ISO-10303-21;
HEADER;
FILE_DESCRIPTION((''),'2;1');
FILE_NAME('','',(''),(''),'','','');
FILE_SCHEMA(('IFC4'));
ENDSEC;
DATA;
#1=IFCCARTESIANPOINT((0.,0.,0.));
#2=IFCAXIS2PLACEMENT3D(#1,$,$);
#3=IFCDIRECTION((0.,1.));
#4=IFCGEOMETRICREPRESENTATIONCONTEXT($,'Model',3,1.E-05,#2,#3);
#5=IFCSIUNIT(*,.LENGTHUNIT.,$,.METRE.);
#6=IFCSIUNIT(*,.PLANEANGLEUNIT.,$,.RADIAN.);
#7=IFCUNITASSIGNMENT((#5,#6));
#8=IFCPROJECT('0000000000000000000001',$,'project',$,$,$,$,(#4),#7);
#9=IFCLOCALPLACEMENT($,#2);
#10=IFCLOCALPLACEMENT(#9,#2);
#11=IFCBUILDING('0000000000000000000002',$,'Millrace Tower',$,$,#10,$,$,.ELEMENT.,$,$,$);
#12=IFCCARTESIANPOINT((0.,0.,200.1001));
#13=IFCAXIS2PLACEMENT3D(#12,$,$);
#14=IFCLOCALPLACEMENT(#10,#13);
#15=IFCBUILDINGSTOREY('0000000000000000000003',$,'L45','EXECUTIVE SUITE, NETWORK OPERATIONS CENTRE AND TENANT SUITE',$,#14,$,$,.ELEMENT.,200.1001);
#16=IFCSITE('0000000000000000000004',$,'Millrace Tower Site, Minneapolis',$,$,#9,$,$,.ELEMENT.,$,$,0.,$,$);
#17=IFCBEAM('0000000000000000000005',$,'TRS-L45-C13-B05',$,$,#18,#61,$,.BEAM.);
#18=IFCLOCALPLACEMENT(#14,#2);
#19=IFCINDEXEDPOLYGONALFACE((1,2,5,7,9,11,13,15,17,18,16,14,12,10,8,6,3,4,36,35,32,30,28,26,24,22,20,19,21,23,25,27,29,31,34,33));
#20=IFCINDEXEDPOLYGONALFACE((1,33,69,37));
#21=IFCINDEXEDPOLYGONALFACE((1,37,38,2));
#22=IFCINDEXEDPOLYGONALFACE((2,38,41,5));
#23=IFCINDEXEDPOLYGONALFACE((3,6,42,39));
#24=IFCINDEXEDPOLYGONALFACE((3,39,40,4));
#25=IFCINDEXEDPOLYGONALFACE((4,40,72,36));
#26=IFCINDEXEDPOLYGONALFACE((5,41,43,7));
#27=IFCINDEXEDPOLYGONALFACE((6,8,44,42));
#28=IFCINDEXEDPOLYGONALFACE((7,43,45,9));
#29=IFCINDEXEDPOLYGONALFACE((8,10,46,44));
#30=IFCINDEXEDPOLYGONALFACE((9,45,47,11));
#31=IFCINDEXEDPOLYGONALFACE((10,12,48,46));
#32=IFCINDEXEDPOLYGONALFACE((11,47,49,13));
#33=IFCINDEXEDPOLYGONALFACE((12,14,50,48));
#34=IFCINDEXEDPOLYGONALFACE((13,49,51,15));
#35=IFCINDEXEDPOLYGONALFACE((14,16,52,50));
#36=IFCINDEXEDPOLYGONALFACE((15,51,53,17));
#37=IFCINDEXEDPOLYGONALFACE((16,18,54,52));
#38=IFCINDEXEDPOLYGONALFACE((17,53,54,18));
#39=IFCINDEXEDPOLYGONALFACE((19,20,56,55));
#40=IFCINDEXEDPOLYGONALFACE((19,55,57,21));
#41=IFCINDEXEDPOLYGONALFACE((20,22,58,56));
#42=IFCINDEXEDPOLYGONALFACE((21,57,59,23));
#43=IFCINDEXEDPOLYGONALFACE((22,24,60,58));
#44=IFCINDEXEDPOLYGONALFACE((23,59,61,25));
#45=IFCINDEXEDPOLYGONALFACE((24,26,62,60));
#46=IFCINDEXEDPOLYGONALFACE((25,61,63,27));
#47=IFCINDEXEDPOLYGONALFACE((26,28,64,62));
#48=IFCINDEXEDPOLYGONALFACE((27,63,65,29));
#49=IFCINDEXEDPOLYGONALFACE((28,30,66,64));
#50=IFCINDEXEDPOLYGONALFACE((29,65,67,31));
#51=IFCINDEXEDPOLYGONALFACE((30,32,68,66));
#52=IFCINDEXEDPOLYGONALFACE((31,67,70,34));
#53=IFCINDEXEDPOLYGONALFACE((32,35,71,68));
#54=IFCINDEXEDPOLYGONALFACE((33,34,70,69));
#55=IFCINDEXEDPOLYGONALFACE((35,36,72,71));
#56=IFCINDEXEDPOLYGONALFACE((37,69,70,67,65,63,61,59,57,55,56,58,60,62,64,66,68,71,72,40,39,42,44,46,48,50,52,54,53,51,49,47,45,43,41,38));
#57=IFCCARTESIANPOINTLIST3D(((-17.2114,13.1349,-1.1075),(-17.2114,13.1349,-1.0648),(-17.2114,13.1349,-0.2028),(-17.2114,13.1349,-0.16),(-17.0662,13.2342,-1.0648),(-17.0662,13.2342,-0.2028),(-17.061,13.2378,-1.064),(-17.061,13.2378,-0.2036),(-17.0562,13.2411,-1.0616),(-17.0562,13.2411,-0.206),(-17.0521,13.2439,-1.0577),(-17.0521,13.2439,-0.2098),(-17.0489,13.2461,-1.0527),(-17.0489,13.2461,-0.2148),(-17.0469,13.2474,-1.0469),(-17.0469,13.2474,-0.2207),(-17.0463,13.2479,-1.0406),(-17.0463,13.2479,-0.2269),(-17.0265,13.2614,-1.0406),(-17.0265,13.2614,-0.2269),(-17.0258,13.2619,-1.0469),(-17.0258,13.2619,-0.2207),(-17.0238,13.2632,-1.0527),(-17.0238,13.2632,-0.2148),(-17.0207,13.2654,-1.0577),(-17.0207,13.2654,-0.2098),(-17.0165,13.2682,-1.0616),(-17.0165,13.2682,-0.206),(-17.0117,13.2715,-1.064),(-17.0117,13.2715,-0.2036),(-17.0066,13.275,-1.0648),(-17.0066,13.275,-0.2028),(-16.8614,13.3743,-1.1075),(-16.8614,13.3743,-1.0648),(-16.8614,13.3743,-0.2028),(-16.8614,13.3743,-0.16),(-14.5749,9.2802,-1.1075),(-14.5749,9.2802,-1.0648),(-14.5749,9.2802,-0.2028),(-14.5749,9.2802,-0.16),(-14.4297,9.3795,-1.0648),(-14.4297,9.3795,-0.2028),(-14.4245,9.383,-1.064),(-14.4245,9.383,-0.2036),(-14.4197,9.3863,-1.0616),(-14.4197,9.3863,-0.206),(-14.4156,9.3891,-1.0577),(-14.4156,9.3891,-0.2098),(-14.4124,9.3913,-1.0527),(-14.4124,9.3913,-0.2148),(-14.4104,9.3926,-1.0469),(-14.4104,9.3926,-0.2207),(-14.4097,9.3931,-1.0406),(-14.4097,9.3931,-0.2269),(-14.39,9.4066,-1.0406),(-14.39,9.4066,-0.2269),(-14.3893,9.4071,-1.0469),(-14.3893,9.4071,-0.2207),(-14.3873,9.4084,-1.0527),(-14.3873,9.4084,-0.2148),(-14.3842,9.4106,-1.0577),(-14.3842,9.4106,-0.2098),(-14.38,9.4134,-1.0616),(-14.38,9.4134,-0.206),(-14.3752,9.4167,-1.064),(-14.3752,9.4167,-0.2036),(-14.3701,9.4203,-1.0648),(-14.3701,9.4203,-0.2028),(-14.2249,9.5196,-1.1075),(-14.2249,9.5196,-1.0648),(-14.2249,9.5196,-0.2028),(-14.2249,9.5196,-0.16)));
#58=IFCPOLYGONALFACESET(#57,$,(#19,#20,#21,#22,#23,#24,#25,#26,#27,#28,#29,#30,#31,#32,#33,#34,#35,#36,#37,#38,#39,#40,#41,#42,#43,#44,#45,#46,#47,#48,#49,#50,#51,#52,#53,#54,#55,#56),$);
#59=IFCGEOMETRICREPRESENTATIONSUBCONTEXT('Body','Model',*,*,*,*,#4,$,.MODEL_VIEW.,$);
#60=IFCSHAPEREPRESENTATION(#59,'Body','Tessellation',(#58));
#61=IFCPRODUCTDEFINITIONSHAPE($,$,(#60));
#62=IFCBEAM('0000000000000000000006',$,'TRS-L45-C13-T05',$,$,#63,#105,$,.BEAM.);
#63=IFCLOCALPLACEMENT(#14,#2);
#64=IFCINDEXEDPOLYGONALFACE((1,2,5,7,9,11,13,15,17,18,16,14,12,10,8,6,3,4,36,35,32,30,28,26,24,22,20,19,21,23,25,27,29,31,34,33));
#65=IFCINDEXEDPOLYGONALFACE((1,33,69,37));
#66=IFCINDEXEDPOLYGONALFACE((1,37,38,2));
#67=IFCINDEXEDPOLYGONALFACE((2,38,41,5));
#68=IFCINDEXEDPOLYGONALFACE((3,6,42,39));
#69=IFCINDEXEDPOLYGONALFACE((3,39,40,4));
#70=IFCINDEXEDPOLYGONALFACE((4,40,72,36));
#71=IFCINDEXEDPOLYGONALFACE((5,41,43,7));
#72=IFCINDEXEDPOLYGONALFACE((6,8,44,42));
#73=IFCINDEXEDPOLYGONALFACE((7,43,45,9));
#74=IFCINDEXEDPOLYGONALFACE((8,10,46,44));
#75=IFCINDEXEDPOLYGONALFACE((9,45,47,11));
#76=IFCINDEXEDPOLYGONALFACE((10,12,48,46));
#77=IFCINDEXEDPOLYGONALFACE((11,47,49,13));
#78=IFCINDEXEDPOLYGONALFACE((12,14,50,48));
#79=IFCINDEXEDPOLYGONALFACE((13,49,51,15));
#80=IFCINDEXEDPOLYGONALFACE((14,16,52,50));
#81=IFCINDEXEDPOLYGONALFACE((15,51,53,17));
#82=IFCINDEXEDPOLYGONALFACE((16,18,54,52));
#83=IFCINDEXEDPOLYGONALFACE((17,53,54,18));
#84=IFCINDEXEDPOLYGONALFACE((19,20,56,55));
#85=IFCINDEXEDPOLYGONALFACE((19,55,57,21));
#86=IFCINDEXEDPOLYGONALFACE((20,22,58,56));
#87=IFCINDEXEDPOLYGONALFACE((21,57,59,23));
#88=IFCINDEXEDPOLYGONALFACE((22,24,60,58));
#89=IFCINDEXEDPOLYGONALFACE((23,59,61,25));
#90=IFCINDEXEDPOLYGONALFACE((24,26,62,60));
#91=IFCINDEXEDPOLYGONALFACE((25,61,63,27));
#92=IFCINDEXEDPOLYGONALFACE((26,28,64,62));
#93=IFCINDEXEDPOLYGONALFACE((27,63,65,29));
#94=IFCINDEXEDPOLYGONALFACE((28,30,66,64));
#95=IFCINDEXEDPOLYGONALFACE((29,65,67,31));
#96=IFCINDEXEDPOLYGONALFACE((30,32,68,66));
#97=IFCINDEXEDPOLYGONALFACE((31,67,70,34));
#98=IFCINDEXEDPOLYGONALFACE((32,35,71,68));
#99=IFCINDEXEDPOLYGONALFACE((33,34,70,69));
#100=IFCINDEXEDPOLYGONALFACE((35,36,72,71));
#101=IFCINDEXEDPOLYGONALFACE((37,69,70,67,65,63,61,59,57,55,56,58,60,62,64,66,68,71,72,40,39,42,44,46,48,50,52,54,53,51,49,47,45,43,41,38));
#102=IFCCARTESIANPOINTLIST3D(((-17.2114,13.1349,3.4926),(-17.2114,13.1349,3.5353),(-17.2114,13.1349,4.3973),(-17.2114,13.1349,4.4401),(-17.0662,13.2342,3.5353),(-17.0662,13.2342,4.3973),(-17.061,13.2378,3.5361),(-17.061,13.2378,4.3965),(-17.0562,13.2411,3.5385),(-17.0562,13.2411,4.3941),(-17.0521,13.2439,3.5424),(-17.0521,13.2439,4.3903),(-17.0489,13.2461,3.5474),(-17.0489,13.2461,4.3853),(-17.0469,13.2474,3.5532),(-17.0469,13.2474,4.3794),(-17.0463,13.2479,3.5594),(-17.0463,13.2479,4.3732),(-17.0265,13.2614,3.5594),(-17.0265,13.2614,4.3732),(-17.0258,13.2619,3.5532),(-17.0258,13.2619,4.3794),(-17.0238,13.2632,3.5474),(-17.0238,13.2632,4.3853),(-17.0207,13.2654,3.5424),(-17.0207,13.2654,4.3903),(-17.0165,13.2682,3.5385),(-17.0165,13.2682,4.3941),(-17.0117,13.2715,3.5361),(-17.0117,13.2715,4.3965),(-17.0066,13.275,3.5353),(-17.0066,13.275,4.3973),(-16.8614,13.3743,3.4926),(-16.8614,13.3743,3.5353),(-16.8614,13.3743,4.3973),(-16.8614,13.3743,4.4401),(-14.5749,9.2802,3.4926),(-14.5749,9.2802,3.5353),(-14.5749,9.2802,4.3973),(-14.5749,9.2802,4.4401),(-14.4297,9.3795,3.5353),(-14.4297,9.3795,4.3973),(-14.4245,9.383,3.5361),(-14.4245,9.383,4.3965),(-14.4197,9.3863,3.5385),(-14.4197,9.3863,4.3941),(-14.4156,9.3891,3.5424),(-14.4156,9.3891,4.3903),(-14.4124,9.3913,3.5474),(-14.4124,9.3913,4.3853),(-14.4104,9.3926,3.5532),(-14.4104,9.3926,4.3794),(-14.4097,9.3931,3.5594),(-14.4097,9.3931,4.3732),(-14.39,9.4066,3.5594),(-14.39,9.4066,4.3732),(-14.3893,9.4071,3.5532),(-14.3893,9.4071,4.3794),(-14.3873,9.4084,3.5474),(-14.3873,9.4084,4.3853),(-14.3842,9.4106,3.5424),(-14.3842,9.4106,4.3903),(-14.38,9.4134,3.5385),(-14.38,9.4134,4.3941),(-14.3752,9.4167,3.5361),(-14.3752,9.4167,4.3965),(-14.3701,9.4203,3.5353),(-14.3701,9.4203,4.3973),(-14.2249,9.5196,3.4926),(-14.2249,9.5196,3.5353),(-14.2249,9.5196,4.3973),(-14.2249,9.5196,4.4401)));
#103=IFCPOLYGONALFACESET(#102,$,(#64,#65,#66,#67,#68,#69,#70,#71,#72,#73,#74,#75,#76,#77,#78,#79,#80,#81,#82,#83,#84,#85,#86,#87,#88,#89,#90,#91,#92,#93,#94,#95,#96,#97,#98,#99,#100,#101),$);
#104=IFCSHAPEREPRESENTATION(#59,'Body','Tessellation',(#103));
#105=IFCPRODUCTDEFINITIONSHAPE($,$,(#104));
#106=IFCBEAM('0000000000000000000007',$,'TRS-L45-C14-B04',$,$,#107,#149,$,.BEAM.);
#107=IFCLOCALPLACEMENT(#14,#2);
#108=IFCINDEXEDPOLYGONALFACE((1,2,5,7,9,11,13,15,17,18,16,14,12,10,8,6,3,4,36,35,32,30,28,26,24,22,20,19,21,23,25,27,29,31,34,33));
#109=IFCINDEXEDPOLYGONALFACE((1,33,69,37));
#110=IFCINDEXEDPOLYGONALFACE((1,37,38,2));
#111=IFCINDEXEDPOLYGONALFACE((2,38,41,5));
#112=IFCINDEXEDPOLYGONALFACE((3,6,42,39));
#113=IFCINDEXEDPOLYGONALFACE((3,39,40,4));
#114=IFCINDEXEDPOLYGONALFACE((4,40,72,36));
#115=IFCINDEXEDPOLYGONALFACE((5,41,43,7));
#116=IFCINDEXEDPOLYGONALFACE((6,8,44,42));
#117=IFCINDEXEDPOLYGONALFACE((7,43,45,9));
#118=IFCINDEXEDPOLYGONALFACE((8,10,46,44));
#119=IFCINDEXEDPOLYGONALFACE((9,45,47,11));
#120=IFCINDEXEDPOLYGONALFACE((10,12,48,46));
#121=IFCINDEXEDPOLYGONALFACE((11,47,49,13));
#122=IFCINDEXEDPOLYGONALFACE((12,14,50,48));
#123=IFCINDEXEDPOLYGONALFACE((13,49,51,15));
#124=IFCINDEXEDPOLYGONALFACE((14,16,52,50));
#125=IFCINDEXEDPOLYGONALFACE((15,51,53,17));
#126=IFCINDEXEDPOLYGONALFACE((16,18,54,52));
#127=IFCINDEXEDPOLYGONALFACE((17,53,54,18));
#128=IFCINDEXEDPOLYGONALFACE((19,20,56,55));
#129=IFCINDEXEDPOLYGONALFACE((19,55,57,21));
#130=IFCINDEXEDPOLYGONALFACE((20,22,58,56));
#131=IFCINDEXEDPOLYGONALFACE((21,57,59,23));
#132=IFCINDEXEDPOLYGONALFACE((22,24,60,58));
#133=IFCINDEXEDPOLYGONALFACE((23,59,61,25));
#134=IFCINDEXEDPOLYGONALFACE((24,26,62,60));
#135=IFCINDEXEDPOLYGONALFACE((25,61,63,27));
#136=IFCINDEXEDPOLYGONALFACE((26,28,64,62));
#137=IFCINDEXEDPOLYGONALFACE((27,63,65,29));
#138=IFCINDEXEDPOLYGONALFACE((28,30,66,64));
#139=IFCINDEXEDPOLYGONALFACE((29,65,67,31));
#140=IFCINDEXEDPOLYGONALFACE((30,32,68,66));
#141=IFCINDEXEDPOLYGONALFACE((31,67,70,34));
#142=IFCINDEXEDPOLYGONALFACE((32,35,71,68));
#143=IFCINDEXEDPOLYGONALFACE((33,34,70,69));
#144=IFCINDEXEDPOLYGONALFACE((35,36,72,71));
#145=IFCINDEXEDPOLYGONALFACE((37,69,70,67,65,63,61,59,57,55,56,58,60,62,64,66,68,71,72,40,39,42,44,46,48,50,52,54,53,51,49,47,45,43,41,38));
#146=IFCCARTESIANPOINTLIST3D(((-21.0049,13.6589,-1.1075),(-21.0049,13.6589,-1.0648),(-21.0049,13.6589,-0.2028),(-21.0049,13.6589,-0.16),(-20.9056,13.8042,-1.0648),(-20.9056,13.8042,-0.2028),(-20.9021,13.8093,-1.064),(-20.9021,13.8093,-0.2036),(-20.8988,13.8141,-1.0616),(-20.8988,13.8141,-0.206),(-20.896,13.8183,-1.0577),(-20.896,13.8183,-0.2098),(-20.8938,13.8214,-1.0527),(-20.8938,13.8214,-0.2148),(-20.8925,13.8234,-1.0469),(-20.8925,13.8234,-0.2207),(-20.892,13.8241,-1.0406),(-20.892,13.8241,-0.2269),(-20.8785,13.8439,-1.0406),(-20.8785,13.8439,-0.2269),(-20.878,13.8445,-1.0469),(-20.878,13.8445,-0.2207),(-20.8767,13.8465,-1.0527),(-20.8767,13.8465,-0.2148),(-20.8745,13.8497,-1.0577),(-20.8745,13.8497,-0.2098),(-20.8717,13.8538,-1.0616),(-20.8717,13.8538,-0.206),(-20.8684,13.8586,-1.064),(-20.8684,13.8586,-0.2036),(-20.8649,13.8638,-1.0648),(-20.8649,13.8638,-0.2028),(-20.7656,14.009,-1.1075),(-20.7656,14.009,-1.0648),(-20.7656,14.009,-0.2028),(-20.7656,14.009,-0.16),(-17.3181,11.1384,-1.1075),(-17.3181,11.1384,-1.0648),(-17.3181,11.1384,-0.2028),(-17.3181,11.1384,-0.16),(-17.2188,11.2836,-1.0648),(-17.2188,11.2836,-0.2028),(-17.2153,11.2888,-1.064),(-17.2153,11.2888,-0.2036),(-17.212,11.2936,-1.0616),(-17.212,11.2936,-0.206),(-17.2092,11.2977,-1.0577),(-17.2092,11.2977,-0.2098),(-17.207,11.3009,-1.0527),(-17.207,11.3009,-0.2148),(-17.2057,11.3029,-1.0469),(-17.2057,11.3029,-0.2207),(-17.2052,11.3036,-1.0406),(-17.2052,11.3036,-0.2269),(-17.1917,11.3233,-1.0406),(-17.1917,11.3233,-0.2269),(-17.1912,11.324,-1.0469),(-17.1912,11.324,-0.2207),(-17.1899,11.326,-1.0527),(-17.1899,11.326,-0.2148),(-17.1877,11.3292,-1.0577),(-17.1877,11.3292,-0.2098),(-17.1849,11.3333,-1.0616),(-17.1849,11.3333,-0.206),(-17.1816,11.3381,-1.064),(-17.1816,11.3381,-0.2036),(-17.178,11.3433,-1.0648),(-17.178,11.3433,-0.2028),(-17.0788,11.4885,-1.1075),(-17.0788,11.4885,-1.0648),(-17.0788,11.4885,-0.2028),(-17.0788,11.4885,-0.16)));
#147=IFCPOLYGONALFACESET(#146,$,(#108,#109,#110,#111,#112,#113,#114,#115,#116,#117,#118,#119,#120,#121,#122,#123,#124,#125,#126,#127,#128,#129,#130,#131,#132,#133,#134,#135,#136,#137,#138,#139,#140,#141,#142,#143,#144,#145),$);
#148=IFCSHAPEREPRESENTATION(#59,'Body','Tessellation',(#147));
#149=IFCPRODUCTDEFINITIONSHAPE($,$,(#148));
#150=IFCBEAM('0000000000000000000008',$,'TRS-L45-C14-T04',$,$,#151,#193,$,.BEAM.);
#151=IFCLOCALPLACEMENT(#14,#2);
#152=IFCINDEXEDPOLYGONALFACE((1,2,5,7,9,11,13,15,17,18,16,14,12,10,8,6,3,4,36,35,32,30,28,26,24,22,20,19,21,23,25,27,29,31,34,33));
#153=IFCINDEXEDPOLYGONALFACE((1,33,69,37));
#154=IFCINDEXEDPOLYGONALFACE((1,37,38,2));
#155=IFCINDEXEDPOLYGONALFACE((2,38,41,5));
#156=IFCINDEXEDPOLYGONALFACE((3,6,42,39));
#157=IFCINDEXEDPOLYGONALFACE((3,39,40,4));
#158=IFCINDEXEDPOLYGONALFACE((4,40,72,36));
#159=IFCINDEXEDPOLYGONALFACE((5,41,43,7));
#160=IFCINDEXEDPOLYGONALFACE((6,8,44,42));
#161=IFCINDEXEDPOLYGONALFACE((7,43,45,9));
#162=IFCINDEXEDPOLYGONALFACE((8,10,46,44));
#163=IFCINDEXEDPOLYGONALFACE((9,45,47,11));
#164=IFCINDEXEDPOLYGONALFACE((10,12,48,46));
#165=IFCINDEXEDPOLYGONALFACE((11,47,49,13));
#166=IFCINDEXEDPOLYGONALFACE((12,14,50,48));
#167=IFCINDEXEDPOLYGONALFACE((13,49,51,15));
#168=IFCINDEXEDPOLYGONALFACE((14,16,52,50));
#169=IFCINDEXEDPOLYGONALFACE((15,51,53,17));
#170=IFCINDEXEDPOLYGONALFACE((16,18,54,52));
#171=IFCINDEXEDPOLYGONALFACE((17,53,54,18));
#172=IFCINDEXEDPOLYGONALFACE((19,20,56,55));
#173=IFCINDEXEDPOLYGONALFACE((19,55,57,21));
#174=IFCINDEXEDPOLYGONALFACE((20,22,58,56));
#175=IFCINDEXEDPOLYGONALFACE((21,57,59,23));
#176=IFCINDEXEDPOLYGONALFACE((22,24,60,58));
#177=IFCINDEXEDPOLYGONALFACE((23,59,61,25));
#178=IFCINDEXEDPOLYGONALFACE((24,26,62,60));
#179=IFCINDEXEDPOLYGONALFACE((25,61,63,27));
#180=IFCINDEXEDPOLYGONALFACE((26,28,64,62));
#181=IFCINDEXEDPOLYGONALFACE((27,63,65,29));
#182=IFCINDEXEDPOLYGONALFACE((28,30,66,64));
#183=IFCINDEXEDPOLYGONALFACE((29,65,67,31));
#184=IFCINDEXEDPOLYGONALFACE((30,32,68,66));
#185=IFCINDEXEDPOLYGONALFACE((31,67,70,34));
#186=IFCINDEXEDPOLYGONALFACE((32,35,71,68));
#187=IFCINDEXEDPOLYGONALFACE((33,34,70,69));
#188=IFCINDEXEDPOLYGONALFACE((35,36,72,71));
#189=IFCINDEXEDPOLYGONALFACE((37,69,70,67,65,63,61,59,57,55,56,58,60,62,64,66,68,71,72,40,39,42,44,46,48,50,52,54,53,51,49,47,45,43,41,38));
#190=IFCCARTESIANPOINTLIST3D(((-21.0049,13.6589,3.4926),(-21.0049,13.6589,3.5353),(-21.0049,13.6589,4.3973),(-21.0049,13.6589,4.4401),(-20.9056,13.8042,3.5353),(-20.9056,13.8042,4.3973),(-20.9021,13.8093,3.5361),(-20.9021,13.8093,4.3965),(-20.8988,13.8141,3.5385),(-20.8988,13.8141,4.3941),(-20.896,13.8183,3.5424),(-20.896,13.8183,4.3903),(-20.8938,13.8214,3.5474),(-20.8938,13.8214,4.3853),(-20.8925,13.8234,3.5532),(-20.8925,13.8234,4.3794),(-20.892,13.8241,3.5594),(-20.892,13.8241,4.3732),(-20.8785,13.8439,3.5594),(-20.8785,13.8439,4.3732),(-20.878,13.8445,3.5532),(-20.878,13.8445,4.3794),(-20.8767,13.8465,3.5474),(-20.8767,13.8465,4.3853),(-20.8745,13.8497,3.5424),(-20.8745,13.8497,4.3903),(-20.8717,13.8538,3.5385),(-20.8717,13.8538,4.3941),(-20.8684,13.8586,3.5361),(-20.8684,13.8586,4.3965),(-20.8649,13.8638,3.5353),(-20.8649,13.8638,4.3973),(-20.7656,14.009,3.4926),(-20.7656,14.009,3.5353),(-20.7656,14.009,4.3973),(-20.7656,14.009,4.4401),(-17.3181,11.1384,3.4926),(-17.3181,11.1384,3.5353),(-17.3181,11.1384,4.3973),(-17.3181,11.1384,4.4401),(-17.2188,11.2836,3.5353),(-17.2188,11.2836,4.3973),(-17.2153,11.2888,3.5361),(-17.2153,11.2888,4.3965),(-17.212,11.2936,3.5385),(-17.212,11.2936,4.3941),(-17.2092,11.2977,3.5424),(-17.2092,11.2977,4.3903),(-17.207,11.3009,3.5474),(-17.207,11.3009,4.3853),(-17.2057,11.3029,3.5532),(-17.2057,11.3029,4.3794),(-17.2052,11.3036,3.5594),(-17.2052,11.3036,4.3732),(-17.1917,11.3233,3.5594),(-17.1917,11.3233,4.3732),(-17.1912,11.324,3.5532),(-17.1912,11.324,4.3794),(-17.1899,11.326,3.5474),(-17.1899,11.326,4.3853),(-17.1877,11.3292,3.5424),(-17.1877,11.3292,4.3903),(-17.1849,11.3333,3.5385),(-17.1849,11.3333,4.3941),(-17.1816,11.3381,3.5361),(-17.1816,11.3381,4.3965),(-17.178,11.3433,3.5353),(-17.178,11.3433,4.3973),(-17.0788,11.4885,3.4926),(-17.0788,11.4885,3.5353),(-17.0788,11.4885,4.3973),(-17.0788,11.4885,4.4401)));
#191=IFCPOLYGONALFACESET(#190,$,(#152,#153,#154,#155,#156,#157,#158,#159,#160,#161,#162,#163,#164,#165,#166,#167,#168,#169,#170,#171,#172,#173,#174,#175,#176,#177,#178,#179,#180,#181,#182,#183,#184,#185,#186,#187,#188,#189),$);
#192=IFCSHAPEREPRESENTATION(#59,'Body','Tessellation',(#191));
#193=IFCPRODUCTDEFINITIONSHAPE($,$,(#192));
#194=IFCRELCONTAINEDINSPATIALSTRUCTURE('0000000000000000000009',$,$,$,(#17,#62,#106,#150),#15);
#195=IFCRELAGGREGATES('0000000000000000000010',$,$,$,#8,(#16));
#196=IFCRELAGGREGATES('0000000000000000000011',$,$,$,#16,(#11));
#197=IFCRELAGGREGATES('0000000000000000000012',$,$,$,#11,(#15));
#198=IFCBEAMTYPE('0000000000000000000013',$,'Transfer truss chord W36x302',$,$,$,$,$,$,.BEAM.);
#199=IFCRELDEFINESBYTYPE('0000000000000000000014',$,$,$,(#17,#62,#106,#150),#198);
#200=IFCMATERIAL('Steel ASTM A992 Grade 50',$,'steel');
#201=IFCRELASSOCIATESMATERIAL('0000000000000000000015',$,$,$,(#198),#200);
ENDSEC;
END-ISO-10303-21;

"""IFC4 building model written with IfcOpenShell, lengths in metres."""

from ifc_helpers import new_model, si_unit, direction, frame, origin, origin_2d, place, context, subcontext, project, spatial, i_section, extrude, material, material_profile, profile_set, type_object, element, save


model = new_model("IFC4")

# Units and contexts
model_context = context("Model", 3, precision=1e-05, world=origin(), true_north=direction((0.0, 1.0)))
body_context = subcontext(model_context, "Body", "Model", "MODEL_VIEW")
ifc_project = project(units=[si_unit("LENGTHUNIT", "METRE"), si_unit("PLANEANGLEUNIT", "RADIAN")], contexts=[model_context])

# Site, building, storey
site_placement = place(None, origin())
site = spatial("IfcSite", under=ifc_project, at=site_placement, Name="Millrace Tower Site, Minneapolis", CompositionType="ELEMENT", RefElevation=0.0)
building_placement = place(site_placement, origin())
building = spatial("IfcBuilding", under=site, at=building_placement, Name="Millrace Tower", CompositionType="ELEMENT")
storey_placement = place(building_placement, frame((0.0, 0.0, 200.1001)))
storey = spatial("IfcBuildingStorey", under=building, at=storey_placement, Name="L45", Description="EXECUTIVE SUITE, NETWORK OPERATIONS CENTRE AND TENANT SUITE", CompositionType="ELEMENT", Elevation=200.1001)

# Beams
ifc_material_1 = material(Name="Steel ASTM A992 Grade 50", Category="steel")
ifc_material_profile_1 = material_profile(ifc_material_1, i_section(OverallWidth=0.4241, OverallDepth=0.9475, WebThickness=0.0239, FlangeThickness=0.0427, FilletRadius=0.0242, at=origin_2d()))
ifc_profile_set_1 = profile_set([ifc_material_profile_1], Name="Steel ASTM A992 Grade 50")
beam_type_1 = type_object("IfcBeamType", Name="Transfer truss chord W36x302", PredefinedType="BEAM", material=ifc_profile_set_1)
for number, where, z_axis, x_axis, name in (
    (1, (-17.0364, 13.2546, -0.6338), (0.564541, -0.825405, 0.0), (0.825405, 0.564541, 0.0), "TRS-L45-C13-B05"),
    (2, (-17.0364, 13.2546, 3.9663), (0.564541, -0.825405, 0.0), (0.825405, 0.564541, 0.0), "TRS-L45-C13-T05"),
):
    element("IfcBeam", number, at=place(storey_placement, frame(where, z_axis=z_axis, x_axis=x_axis)), inside=storey, type_object=beam_type_1, Name=name, PredefinedType="BEAM", context=body_context, shape_type="SweptSolid", body=[
        extrude(i_section(OverallWidth=0.4241, OverallDepth=0.9475, WebThickness=0.0239, FlangeThickness=0.0427, FilletRadius=0.0242, at=origin_2d()), origin(), (0.0, 0.0, 1.0), 4.6702),
    ])
for number, where, z_axis, x_axis, name in (
    (3, (-20.8853, 13.834, -0.6338), (0.825518, -0.564376, 0.0), (0.564376, 0.825518, 0.0), "TRS-L45-C14-B04"),
    (4, (-20.8853, 13.834, 3.9663), (0.825518, -0.564376, 0.0), (0.564376, 0.825518, 0.0), "TRS-L45-C14-T04"),
):
    element("IfcBeam", number, at=place(storey_placement, frame(where, z_axis=z_axis, x_axis=x_axis)), inside=storey, type_object=beam_type_1, Name=name, PredefinedType="BEAM", context=body_context, shape_type="SweptSolid", body=[
        extrude(i_section(OverallWidth=0.4241, OverallDepth=0.9475, WebThickness=0.0239, FlangeThickness=0.0427, FilletRadius=0.0242, at=origin_2d()), origin(), (0.0, 0.0, 1.0), 4.4661),
    ])

save(model, "model.ifc")
